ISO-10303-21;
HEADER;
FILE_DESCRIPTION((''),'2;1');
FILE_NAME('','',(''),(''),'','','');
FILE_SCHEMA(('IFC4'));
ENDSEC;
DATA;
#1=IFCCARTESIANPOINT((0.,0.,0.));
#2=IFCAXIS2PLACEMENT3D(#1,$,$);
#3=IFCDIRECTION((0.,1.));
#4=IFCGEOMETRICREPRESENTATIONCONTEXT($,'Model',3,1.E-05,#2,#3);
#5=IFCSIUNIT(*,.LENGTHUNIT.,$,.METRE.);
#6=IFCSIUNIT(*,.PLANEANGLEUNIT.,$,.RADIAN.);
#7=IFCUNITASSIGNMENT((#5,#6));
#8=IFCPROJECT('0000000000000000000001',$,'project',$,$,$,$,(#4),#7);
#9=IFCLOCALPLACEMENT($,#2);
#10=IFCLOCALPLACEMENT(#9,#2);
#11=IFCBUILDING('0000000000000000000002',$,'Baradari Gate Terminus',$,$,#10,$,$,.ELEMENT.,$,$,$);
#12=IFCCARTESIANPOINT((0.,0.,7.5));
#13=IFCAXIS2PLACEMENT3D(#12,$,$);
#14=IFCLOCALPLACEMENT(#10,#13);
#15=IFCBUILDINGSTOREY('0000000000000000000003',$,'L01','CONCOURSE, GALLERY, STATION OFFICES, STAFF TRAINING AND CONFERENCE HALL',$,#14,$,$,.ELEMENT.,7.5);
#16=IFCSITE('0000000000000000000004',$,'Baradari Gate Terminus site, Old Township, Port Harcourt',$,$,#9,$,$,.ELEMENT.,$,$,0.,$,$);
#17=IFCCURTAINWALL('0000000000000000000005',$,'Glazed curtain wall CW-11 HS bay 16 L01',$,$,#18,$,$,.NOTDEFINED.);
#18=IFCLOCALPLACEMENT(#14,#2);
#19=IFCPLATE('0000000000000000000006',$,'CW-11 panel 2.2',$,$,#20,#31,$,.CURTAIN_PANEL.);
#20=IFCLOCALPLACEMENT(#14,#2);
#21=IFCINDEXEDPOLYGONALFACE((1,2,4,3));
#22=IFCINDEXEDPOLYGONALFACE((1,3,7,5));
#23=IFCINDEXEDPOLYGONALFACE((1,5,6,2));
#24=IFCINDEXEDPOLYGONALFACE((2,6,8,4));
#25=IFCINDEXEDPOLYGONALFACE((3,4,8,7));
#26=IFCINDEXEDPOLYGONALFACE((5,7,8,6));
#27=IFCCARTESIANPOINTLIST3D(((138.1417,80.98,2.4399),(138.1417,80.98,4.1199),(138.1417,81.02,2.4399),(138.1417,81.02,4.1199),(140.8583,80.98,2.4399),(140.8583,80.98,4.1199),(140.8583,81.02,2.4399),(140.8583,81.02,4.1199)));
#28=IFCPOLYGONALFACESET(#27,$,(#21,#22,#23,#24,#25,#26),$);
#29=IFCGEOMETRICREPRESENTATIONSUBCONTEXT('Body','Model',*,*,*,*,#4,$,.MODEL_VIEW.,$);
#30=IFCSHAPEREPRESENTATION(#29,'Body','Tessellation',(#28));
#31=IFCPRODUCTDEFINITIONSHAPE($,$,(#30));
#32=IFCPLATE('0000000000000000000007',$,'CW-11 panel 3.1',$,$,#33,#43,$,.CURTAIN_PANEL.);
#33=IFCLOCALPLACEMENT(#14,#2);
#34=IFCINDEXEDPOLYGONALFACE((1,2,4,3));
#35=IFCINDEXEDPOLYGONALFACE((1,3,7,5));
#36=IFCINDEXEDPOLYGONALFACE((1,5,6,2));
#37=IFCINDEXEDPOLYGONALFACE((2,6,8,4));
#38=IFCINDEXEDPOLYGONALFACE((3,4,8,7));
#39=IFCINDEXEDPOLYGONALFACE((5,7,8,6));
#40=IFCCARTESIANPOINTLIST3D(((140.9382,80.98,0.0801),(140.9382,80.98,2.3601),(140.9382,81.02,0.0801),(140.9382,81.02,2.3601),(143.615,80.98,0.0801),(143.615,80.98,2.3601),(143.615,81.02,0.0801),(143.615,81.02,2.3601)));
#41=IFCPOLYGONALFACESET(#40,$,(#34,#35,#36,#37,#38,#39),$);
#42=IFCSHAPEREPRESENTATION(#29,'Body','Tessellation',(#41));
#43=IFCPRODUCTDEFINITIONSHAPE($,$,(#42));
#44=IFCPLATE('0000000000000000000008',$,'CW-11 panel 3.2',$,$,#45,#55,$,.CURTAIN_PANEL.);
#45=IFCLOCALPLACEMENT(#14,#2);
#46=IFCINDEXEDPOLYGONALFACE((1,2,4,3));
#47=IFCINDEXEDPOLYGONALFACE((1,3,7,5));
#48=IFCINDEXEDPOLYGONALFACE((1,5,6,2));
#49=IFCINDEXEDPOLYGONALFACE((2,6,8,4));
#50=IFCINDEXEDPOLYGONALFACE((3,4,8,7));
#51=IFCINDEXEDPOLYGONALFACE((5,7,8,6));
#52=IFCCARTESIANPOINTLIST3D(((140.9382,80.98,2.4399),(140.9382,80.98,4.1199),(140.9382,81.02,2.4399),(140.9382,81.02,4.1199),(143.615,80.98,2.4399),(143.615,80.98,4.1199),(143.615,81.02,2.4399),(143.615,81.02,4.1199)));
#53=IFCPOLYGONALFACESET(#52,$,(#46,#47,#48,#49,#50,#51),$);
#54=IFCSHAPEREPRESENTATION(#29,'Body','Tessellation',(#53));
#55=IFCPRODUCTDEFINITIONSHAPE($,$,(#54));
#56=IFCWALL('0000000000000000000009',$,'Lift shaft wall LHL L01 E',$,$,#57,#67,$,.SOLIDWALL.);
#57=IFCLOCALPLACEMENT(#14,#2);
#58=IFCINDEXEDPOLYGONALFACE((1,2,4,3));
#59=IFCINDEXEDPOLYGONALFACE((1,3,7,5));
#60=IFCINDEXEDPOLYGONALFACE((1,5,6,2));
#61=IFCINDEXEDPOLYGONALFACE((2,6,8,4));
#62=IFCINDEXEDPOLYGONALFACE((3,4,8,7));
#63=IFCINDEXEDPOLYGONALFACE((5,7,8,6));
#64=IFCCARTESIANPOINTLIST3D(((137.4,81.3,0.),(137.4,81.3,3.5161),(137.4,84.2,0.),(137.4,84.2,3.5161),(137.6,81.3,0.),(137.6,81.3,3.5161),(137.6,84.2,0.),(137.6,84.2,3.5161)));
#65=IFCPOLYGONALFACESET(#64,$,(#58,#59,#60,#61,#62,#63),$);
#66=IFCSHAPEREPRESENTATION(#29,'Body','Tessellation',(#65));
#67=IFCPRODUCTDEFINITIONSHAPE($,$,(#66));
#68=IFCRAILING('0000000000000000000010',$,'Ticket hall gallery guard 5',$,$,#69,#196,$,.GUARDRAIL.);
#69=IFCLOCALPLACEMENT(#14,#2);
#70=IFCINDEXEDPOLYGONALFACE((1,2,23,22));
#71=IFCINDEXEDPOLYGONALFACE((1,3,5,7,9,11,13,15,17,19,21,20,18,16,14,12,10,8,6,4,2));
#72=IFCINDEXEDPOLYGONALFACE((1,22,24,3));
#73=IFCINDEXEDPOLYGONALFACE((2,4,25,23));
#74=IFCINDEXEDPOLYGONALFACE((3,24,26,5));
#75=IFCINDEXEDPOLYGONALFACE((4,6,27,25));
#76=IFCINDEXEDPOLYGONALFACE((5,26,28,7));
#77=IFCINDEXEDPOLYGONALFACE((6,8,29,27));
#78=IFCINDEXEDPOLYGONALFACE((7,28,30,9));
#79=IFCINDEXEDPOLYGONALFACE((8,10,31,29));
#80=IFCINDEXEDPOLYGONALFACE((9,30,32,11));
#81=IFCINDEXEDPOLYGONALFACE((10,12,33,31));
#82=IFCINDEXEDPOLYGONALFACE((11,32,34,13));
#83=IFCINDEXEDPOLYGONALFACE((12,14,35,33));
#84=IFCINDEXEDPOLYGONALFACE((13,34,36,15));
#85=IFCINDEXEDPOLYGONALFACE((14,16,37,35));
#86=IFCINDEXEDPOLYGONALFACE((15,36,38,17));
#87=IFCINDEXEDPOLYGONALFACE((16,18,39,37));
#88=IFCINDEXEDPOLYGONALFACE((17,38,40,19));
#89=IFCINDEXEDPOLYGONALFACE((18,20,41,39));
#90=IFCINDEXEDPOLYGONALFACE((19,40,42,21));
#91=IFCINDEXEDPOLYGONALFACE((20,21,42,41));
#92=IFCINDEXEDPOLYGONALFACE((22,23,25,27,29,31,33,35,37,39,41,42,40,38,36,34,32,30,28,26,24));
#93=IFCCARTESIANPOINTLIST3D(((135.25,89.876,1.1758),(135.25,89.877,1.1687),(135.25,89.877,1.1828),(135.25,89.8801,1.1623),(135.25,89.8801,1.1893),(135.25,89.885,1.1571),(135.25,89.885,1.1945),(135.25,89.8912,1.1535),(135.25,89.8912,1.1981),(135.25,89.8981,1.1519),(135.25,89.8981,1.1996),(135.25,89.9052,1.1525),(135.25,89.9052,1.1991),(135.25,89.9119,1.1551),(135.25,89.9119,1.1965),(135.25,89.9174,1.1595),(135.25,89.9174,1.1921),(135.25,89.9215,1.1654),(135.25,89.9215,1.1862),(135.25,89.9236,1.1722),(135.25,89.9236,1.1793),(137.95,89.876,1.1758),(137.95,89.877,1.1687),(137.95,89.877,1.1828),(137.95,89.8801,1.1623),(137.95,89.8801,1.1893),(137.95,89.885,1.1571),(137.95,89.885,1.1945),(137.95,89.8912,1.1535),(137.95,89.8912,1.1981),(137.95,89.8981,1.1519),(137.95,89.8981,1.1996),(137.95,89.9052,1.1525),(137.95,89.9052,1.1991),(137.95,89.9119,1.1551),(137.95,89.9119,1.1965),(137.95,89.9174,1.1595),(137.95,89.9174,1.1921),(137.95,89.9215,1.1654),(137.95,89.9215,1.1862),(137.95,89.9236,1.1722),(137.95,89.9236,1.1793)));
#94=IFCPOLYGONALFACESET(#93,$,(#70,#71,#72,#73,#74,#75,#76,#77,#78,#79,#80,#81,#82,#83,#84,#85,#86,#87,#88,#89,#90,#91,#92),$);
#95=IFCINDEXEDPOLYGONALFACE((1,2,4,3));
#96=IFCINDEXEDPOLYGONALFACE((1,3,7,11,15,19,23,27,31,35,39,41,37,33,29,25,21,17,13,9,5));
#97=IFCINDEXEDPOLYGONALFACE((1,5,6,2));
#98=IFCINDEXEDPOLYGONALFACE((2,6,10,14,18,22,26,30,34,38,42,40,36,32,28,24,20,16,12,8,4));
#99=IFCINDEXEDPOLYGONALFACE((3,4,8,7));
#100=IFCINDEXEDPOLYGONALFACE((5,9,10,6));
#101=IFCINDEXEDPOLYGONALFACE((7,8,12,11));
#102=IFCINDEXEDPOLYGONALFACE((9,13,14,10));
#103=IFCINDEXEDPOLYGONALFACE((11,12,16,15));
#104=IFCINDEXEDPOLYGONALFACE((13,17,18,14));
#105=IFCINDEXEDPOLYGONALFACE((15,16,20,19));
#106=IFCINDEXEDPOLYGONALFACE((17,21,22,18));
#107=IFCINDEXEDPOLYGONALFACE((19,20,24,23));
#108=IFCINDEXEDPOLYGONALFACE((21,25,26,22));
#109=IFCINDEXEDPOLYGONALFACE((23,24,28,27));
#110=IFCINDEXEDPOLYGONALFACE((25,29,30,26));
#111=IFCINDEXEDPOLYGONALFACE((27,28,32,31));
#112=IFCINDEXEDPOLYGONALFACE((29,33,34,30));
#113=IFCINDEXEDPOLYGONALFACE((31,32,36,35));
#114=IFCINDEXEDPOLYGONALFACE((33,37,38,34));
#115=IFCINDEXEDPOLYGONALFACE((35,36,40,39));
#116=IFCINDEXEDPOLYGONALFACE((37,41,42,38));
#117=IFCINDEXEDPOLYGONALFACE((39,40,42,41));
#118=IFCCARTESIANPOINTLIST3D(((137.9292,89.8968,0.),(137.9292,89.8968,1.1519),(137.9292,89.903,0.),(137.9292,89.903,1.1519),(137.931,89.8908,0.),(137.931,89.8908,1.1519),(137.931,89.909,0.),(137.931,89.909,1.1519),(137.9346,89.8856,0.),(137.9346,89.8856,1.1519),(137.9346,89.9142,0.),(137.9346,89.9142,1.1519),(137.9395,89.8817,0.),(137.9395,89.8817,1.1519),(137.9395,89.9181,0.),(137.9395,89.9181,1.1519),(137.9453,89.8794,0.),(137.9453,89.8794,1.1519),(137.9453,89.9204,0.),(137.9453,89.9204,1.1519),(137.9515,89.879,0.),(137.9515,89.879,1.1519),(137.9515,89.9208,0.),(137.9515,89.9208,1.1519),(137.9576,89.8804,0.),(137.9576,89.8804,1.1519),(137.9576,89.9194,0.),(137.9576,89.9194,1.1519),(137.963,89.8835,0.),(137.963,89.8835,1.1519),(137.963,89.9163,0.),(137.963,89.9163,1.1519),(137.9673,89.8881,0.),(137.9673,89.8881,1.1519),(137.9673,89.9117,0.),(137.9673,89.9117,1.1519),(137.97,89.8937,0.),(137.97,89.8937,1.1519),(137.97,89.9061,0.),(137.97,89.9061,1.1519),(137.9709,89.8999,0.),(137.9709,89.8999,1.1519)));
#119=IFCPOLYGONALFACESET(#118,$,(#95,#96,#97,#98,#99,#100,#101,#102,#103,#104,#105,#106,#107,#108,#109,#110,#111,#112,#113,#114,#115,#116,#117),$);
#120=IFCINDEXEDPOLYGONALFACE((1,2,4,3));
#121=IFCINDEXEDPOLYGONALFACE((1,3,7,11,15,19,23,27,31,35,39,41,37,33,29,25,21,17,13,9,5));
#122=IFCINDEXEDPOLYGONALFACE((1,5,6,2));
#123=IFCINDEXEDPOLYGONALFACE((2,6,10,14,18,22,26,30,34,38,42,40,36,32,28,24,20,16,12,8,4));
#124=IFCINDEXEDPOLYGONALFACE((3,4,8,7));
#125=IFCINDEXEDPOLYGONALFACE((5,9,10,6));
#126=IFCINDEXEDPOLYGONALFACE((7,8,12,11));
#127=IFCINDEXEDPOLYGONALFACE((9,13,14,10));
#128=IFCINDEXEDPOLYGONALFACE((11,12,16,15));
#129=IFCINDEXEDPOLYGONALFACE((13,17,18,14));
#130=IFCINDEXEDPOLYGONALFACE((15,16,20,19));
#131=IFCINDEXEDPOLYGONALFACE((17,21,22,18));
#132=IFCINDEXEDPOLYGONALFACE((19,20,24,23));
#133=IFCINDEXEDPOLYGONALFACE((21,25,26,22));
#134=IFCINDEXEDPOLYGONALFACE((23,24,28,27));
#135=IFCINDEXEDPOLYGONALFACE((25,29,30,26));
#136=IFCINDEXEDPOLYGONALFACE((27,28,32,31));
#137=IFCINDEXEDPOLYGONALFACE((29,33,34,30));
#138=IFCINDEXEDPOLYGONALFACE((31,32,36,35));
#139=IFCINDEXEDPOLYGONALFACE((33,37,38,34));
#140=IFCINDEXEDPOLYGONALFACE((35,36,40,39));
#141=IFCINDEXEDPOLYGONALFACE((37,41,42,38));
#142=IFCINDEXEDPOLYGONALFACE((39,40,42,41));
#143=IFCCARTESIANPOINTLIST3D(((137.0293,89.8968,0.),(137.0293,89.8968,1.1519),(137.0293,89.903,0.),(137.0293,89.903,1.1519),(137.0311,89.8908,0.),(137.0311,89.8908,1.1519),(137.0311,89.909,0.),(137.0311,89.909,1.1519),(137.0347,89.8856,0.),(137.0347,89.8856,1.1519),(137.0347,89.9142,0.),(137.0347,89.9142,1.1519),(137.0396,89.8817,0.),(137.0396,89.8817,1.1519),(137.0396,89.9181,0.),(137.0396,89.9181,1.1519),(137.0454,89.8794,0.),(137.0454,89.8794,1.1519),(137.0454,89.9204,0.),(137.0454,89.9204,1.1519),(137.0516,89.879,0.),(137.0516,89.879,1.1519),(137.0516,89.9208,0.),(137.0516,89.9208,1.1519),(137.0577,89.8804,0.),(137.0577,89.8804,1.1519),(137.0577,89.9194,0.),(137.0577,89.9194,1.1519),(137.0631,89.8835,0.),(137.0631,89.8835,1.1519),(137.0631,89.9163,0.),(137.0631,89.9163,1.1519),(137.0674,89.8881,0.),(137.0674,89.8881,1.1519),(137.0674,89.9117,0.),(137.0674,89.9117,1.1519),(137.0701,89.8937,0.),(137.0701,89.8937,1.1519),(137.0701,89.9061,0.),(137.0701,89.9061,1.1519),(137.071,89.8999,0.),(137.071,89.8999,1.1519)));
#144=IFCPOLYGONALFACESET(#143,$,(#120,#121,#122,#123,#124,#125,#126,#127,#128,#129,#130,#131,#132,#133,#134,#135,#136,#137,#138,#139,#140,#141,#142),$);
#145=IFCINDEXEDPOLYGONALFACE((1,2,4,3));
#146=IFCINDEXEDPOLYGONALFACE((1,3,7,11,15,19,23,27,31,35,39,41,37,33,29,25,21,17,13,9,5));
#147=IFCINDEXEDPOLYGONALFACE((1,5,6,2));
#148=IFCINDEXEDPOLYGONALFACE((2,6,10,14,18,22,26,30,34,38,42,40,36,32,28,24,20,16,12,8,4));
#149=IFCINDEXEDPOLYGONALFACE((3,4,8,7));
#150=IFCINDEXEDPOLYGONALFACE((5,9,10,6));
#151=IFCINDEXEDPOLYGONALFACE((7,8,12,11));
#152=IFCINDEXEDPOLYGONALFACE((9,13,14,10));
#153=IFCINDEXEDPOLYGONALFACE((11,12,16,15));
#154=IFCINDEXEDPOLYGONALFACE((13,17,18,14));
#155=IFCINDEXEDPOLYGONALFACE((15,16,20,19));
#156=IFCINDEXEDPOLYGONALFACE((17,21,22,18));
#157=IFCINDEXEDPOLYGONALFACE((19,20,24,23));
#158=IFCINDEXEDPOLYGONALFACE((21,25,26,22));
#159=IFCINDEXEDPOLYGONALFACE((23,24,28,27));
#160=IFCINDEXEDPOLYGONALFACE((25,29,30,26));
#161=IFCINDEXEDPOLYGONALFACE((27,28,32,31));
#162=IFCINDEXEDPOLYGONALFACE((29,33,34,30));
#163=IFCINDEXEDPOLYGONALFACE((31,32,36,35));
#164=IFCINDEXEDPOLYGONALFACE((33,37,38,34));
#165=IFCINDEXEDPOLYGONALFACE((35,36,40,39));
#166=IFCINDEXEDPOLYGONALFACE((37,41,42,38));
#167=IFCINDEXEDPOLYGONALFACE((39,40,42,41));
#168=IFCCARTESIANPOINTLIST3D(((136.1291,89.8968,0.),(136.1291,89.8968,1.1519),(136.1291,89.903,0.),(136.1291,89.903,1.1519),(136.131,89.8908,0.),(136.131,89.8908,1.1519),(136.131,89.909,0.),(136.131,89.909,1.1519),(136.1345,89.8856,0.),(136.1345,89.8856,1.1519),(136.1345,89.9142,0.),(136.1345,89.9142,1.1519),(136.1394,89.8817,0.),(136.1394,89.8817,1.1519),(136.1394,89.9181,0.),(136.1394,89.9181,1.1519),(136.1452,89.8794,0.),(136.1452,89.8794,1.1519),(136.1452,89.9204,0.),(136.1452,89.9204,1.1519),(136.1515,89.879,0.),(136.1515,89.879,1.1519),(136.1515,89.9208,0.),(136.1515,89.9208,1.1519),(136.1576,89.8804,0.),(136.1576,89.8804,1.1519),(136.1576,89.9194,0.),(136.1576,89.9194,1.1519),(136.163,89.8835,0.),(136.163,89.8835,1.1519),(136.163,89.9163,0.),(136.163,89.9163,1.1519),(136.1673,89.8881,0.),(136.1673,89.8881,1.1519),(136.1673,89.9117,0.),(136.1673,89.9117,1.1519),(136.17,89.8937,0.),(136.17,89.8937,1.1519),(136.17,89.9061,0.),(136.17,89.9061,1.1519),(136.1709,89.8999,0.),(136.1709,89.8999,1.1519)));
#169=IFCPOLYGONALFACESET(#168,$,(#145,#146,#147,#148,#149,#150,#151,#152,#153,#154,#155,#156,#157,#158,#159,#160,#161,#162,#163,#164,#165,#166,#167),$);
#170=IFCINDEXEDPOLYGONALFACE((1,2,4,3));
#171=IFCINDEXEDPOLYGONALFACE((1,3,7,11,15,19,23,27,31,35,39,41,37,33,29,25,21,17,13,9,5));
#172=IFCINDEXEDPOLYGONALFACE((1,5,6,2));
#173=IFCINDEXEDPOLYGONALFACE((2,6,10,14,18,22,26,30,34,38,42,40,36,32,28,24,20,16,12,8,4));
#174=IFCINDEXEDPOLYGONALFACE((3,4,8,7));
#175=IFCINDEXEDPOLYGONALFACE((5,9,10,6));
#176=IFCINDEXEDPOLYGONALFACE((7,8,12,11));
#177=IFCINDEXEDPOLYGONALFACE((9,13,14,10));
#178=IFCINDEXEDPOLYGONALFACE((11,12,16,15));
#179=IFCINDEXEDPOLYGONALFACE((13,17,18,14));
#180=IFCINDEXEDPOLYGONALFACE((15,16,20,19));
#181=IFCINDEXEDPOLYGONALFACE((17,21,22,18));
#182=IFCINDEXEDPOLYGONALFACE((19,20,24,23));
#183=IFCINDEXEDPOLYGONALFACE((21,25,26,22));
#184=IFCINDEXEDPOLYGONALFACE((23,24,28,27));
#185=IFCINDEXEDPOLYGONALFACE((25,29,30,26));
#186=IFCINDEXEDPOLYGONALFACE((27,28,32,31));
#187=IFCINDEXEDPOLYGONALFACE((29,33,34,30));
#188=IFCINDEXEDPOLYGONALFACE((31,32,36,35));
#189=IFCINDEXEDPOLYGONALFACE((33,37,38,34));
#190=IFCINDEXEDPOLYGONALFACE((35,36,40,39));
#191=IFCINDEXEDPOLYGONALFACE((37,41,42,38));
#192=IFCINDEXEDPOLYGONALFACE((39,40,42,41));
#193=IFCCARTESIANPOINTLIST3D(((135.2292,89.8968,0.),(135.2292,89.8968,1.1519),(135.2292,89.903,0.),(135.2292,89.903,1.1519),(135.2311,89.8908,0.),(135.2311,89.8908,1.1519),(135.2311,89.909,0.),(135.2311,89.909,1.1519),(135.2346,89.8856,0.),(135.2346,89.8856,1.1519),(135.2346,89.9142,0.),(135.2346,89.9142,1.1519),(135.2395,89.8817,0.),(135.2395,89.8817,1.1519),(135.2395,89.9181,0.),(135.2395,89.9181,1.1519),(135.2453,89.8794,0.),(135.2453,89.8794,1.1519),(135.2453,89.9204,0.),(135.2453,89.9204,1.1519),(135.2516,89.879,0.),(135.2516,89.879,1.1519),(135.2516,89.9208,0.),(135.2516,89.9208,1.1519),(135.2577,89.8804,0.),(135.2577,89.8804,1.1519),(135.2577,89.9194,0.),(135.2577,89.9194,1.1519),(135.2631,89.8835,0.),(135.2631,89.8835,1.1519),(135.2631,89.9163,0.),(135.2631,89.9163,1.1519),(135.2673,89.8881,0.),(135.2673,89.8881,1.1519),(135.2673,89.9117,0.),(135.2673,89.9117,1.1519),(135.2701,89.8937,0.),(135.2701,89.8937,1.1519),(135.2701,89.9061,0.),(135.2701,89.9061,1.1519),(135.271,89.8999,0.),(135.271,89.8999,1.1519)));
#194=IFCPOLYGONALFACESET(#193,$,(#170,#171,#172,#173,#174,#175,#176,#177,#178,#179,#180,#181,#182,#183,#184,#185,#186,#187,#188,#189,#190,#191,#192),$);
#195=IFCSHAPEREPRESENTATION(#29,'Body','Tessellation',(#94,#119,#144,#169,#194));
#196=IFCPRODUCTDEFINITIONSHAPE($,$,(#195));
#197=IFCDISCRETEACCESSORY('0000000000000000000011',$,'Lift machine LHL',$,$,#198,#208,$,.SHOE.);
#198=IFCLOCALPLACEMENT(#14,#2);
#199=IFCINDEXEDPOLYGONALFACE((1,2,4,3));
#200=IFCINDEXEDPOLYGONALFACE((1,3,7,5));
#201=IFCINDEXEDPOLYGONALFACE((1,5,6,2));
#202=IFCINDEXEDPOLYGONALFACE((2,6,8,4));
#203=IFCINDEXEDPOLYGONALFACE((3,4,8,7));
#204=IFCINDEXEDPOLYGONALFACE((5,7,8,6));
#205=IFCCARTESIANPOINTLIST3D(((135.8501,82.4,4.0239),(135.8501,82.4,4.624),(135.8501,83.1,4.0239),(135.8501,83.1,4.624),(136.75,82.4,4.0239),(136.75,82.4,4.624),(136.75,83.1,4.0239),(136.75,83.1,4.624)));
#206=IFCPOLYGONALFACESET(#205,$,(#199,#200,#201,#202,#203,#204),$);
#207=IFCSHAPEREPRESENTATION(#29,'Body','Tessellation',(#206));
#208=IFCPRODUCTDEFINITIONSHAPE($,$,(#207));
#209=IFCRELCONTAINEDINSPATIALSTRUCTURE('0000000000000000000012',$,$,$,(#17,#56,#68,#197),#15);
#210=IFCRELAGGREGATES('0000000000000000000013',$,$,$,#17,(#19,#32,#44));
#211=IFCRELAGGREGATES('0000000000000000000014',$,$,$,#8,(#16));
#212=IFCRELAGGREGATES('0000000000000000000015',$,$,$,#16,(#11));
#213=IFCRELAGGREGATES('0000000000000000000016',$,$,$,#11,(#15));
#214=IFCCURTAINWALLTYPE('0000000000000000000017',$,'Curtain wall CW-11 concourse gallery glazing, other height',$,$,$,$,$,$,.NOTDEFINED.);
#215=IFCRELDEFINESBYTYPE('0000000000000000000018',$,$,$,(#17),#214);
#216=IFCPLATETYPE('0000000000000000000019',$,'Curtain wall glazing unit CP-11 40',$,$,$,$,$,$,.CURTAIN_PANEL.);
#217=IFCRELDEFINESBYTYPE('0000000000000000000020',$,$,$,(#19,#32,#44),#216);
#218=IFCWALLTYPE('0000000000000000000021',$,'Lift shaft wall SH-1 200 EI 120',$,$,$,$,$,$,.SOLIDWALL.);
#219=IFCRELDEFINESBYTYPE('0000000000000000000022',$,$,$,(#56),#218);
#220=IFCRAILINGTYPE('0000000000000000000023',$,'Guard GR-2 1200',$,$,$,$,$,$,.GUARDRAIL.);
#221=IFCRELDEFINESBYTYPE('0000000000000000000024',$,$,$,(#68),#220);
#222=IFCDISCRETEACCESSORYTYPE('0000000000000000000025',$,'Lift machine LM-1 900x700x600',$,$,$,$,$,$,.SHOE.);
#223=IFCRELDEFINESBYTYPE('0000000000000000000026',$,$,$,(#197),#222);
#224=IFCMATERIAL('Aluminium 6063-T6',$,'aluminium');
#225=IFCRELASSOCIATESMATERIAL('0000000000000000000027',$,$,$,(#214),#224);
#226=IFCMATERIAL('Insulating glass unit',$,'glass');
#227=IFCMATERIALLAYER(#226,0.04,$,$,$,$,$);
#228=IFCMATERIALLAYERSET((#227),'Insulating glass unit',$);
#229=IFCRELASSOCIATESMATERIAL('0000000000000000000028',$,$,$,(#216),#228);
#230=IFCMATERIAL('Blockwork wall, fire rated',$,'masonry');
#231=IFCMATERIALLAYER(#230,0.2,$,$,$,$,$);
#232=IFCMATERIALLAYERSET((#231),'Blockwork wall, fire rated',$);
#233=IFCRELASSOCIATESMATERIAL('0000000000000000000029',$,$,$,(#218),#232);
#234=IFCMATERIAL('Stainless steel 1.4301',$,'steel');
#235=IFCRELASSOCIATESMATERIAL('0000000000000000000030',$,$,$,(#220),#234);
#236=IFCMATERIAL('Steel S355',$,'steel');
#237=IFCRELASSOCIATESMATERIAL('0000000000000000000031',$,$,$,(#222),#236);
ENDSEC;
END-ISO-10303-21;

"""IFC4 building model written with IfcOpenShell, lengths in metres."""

from ifc_helpers import new_model, si_unit, direction, frame, frame_2d, origin, origin_2d, place, context, subcontext, project, spatial, rectangle, circle, extrude, material, layer, layer_set, type_object, element, aggregate, save


model = new_model("IFC4")

# Units and contexts
model_context = context("Model", 3, precision=1e-05, world=origin(), true_north=direction((0.0, 1.0)))
body_context = subcontext(model_context, "Body", "Model", "MODEL_VIEW")
ifc_project = project(units=[si_unit("LENGTHUNIT", "METRE"), si_unit("PLANEANGLEUNIT", "RADIAN")], contexts=[model_context])

# Site, building, storey
site_placement = place(None, origin())
site = spatial("IfcSite", under=ifc_project, at=site_placement, Name="Baradari Gate Terminus site, Old Township, Port Harcourt", CompositionType="ELEMENT", RefElevation=0.0)
building_placement = place(site_placement, origin())
building = spatial("IfcBuilding", under=site, at=building_placement, Name="Baradari Gate Terminus", CompositionType="ELEMENT")
storey_placement = place(building_placement, frame((0.0, 0.0, 7.5)))
storey = spatial("IfcBuildingStorey", under=building, at=storey_placement, Name="L01", Description="CONCOURSE, GALLERY, STATION OFFICES, STAFF TRAINING AND CONFERENCE HALL", CompositionType="ELEMENT", Elevation=7.5)

# Curtain wall
ifc_material_1 = material(Name="Aluminium 6063-T6", Category="aluminium")
curtain_wall_type = type_object("IfcCurtainWallType", Name="Curtain wall CW-11 concourse gallery glazing, other height", PredefinedType="NOTDEFINED", material=ifc_material_1)
curtain_wall_placement = place(storey_placement, origin())
curtain_wall = element("IfcCurtainWall", 1, at=curtain_wall_placement, inside=storey, type_object=curtain_wall_type, Name="Glazed curtain wall CW-11 HS bay 16 L01", PredefinedType="NOTDEFINED")

# Plates
ifc_material_2 = material(Name="Insulating glass unit", Category="glass")
ifc_layer_1 = layer(ifc_material_2, 0.04)
ifc_layer_set_1 = layer_set([ifc_layer_1], Name="Insulating glass unit")
plate_type = type_object("IfcPlateType", Name="Curtain wall glazing unit CP-11 40", PredefinedType="CURTAIN_PANEL", material=ifc_layer_set_1)
plate_1_placement = place(storey_placement, frame((139.5, 81.0, 2.4399), z_axis=(0.0, 0.0, 1.0), x_axis=(1.0, 0.0, 0.0)))
plate_1 = element("IfcPlate", 2, at=plate_1_placement, type_object=plate_type, Name="CW-11 panel 2.2", PredefinedType="CURTAIN_PANEL", context=body_context, shape_type="SweptSolid", body=[
    extrude(rectangle(XDim=2.7166, YDim=0.04, at=origin_2d()), origin(), (0.0, 0.0, 1.0), 1.6799),
])
plate_2_placement = place(storey_placement, frame((142.2766, 81.0, 0.0801), z_axis=(0.0, 0.0, 1.0), x_axis=(1.0, 0.0, 0.0)))
plate_2 = element("IfcPlate", 3, at=plate_2_placement, type_object=plate_type, Name="CW-11 panel 3.1", PredefinedType="CURTAIN_PANEL", context=body_context, shape_type="SweptSolid", body=[
    extrude(rectangle(XDim=2.6768, YDim=0.04, at=origin_2d()), origin(), (0.0, 0.0, 1.0), 2.28),
])
plate_3_placement = place(storey_placement, frame((142.2766, 81.0, 2.4399), z_axis=(0.0, 0.0, 1.0), x_axis=(1.0, 0.0, 0.0)))
plate_3 = element("IfcPlate", 4, at=plate_3_placement, type_object=plate_type, Name="CW-11 panel 3.2", PredefinedType="CURTAIN_PANEL", context=body_context, shape_type="SweptSolid", body=[
    extrude(rectangle(XDim=2.6768, YDim=0.04, at=origin_2d()), origin(), (0.0, 0.0, 1.0), 1.6799),
])
aggregate(curtain_wall, [plate_1, plate_2, plate_3])

# Wall
ifc_material_3 = material(Name="Blockwork wall, fire rated", Category="masonry")
ifc_layer_2 = layer(ifc_material_3, 0.2)
ifc_layer_set_2 = layer_set([ifc_layer_2], Name="Blockwork wall, fire rated")
wall_type = type_object("IfcWallType", Name="Lift shaft wall SH-1 200 EI 120", PredefinedType="SOLIDWALL", material=ifc_layer_set_2)
wall_placement = place(storey_placement, frame((137.5, 81.3, 0.0), z_axis=(0.0, 0.0, 1.0), x_axis=(0.0, 1.0, 0.0)))
element("IfcWall", 5, at=wall_placement, inside=storey, type_object=wall_type, Name="Lift shaft wall LHL L01 E", PredefinedType="SOLIDWALL", context=body_context, shape_type="SweptSolid", body=[
    extrude(rectangle(XDim=2.8999, YDim=0.2, at=frame_2d((1.45, 0.0))), origin(), (0.0, 0.0, 1.0), 3.5161),
])

# Railing
ifc_material_4 = material(Name="Stainless steel 1.4301", Category="steel")
railing_type = type_object("IfcRailingType", Name="Guard GR-2 1200", PredefinedType="GUARDRAIL", material=ifc_material_4)
railing_placement = place(storey_placement, frame((137.95, 89.8999, 0.0)))
element("IfcRailing", 6, at=railing_placement, inside=storey, type_object=railing_type, Name="Ticket hall gallery guard 5", PredefinedType="GUARDRAIL", context=body_context, shape_type="SweptSolid", body=[
    extrude(circle(Radius=0.0239, at=origin_2d()), frame((0.0, 0.0, 1.1758), z_axis=(-1.0, 0.0, 0.0), x_axis=(0.0, -1.0, 0.0)), (0.0, 0.0, 1.0), 2.7),
    extrude(circle(Radius=0.021, at=origin_2d()), origin(), (0.0, 0.0, 1.0), 1.1519),
    extrude(circle(Radius=0.021, at=origin_2d()), frame((-0.8999, 0.0, 0.0)), (0.0, 0.0, 1.0), 1.1519),
    extrude(circle(Radius=0.021, at=origin_2d()), frame((-1.8, 0.0, 0.0)), (0.0, 0.0, 1.0), 1.1519),
    extrude(circle(Radius=0.021, at=origin_2d()), frame((-2.7, 0.0, 0.0)), (0.0, 0.0, 1.0), 1.1519),
])

# Discrete accessory
ifc_material_5 = material(Name="Steel S355", Category="steel")
discrete_accessory_type_1 = type_object("IfcDiscreteAccessoryType", Name="Lift machine LM-1 900x700x600", PredefinedType="SHOE", material=ifc_material_5)
discrete_accessory_1_placement = place(storey_placement, frame((136.3, 82.75, 4.0239), z_axis=(0.0, 0.0, 1.0), x_axis=(1.0, 0.0, 0.0)))
element("IfcDiscreteAccessory", 7, at=discrete_accessory_1_placement, inside=storey, type_object=discrete_accessory_type_1, Name="Lift machine LHL", PredefinedType="SHOE", context=body_context, shape_type="SweptSolid", body=[
    extrude(rectangle(XDim=0.8999, YDim=0.7, at=origin_2d()), origin(), (0.0, 0.0, 1.0), 0.6001),
])

save(model, "model.ifc")
